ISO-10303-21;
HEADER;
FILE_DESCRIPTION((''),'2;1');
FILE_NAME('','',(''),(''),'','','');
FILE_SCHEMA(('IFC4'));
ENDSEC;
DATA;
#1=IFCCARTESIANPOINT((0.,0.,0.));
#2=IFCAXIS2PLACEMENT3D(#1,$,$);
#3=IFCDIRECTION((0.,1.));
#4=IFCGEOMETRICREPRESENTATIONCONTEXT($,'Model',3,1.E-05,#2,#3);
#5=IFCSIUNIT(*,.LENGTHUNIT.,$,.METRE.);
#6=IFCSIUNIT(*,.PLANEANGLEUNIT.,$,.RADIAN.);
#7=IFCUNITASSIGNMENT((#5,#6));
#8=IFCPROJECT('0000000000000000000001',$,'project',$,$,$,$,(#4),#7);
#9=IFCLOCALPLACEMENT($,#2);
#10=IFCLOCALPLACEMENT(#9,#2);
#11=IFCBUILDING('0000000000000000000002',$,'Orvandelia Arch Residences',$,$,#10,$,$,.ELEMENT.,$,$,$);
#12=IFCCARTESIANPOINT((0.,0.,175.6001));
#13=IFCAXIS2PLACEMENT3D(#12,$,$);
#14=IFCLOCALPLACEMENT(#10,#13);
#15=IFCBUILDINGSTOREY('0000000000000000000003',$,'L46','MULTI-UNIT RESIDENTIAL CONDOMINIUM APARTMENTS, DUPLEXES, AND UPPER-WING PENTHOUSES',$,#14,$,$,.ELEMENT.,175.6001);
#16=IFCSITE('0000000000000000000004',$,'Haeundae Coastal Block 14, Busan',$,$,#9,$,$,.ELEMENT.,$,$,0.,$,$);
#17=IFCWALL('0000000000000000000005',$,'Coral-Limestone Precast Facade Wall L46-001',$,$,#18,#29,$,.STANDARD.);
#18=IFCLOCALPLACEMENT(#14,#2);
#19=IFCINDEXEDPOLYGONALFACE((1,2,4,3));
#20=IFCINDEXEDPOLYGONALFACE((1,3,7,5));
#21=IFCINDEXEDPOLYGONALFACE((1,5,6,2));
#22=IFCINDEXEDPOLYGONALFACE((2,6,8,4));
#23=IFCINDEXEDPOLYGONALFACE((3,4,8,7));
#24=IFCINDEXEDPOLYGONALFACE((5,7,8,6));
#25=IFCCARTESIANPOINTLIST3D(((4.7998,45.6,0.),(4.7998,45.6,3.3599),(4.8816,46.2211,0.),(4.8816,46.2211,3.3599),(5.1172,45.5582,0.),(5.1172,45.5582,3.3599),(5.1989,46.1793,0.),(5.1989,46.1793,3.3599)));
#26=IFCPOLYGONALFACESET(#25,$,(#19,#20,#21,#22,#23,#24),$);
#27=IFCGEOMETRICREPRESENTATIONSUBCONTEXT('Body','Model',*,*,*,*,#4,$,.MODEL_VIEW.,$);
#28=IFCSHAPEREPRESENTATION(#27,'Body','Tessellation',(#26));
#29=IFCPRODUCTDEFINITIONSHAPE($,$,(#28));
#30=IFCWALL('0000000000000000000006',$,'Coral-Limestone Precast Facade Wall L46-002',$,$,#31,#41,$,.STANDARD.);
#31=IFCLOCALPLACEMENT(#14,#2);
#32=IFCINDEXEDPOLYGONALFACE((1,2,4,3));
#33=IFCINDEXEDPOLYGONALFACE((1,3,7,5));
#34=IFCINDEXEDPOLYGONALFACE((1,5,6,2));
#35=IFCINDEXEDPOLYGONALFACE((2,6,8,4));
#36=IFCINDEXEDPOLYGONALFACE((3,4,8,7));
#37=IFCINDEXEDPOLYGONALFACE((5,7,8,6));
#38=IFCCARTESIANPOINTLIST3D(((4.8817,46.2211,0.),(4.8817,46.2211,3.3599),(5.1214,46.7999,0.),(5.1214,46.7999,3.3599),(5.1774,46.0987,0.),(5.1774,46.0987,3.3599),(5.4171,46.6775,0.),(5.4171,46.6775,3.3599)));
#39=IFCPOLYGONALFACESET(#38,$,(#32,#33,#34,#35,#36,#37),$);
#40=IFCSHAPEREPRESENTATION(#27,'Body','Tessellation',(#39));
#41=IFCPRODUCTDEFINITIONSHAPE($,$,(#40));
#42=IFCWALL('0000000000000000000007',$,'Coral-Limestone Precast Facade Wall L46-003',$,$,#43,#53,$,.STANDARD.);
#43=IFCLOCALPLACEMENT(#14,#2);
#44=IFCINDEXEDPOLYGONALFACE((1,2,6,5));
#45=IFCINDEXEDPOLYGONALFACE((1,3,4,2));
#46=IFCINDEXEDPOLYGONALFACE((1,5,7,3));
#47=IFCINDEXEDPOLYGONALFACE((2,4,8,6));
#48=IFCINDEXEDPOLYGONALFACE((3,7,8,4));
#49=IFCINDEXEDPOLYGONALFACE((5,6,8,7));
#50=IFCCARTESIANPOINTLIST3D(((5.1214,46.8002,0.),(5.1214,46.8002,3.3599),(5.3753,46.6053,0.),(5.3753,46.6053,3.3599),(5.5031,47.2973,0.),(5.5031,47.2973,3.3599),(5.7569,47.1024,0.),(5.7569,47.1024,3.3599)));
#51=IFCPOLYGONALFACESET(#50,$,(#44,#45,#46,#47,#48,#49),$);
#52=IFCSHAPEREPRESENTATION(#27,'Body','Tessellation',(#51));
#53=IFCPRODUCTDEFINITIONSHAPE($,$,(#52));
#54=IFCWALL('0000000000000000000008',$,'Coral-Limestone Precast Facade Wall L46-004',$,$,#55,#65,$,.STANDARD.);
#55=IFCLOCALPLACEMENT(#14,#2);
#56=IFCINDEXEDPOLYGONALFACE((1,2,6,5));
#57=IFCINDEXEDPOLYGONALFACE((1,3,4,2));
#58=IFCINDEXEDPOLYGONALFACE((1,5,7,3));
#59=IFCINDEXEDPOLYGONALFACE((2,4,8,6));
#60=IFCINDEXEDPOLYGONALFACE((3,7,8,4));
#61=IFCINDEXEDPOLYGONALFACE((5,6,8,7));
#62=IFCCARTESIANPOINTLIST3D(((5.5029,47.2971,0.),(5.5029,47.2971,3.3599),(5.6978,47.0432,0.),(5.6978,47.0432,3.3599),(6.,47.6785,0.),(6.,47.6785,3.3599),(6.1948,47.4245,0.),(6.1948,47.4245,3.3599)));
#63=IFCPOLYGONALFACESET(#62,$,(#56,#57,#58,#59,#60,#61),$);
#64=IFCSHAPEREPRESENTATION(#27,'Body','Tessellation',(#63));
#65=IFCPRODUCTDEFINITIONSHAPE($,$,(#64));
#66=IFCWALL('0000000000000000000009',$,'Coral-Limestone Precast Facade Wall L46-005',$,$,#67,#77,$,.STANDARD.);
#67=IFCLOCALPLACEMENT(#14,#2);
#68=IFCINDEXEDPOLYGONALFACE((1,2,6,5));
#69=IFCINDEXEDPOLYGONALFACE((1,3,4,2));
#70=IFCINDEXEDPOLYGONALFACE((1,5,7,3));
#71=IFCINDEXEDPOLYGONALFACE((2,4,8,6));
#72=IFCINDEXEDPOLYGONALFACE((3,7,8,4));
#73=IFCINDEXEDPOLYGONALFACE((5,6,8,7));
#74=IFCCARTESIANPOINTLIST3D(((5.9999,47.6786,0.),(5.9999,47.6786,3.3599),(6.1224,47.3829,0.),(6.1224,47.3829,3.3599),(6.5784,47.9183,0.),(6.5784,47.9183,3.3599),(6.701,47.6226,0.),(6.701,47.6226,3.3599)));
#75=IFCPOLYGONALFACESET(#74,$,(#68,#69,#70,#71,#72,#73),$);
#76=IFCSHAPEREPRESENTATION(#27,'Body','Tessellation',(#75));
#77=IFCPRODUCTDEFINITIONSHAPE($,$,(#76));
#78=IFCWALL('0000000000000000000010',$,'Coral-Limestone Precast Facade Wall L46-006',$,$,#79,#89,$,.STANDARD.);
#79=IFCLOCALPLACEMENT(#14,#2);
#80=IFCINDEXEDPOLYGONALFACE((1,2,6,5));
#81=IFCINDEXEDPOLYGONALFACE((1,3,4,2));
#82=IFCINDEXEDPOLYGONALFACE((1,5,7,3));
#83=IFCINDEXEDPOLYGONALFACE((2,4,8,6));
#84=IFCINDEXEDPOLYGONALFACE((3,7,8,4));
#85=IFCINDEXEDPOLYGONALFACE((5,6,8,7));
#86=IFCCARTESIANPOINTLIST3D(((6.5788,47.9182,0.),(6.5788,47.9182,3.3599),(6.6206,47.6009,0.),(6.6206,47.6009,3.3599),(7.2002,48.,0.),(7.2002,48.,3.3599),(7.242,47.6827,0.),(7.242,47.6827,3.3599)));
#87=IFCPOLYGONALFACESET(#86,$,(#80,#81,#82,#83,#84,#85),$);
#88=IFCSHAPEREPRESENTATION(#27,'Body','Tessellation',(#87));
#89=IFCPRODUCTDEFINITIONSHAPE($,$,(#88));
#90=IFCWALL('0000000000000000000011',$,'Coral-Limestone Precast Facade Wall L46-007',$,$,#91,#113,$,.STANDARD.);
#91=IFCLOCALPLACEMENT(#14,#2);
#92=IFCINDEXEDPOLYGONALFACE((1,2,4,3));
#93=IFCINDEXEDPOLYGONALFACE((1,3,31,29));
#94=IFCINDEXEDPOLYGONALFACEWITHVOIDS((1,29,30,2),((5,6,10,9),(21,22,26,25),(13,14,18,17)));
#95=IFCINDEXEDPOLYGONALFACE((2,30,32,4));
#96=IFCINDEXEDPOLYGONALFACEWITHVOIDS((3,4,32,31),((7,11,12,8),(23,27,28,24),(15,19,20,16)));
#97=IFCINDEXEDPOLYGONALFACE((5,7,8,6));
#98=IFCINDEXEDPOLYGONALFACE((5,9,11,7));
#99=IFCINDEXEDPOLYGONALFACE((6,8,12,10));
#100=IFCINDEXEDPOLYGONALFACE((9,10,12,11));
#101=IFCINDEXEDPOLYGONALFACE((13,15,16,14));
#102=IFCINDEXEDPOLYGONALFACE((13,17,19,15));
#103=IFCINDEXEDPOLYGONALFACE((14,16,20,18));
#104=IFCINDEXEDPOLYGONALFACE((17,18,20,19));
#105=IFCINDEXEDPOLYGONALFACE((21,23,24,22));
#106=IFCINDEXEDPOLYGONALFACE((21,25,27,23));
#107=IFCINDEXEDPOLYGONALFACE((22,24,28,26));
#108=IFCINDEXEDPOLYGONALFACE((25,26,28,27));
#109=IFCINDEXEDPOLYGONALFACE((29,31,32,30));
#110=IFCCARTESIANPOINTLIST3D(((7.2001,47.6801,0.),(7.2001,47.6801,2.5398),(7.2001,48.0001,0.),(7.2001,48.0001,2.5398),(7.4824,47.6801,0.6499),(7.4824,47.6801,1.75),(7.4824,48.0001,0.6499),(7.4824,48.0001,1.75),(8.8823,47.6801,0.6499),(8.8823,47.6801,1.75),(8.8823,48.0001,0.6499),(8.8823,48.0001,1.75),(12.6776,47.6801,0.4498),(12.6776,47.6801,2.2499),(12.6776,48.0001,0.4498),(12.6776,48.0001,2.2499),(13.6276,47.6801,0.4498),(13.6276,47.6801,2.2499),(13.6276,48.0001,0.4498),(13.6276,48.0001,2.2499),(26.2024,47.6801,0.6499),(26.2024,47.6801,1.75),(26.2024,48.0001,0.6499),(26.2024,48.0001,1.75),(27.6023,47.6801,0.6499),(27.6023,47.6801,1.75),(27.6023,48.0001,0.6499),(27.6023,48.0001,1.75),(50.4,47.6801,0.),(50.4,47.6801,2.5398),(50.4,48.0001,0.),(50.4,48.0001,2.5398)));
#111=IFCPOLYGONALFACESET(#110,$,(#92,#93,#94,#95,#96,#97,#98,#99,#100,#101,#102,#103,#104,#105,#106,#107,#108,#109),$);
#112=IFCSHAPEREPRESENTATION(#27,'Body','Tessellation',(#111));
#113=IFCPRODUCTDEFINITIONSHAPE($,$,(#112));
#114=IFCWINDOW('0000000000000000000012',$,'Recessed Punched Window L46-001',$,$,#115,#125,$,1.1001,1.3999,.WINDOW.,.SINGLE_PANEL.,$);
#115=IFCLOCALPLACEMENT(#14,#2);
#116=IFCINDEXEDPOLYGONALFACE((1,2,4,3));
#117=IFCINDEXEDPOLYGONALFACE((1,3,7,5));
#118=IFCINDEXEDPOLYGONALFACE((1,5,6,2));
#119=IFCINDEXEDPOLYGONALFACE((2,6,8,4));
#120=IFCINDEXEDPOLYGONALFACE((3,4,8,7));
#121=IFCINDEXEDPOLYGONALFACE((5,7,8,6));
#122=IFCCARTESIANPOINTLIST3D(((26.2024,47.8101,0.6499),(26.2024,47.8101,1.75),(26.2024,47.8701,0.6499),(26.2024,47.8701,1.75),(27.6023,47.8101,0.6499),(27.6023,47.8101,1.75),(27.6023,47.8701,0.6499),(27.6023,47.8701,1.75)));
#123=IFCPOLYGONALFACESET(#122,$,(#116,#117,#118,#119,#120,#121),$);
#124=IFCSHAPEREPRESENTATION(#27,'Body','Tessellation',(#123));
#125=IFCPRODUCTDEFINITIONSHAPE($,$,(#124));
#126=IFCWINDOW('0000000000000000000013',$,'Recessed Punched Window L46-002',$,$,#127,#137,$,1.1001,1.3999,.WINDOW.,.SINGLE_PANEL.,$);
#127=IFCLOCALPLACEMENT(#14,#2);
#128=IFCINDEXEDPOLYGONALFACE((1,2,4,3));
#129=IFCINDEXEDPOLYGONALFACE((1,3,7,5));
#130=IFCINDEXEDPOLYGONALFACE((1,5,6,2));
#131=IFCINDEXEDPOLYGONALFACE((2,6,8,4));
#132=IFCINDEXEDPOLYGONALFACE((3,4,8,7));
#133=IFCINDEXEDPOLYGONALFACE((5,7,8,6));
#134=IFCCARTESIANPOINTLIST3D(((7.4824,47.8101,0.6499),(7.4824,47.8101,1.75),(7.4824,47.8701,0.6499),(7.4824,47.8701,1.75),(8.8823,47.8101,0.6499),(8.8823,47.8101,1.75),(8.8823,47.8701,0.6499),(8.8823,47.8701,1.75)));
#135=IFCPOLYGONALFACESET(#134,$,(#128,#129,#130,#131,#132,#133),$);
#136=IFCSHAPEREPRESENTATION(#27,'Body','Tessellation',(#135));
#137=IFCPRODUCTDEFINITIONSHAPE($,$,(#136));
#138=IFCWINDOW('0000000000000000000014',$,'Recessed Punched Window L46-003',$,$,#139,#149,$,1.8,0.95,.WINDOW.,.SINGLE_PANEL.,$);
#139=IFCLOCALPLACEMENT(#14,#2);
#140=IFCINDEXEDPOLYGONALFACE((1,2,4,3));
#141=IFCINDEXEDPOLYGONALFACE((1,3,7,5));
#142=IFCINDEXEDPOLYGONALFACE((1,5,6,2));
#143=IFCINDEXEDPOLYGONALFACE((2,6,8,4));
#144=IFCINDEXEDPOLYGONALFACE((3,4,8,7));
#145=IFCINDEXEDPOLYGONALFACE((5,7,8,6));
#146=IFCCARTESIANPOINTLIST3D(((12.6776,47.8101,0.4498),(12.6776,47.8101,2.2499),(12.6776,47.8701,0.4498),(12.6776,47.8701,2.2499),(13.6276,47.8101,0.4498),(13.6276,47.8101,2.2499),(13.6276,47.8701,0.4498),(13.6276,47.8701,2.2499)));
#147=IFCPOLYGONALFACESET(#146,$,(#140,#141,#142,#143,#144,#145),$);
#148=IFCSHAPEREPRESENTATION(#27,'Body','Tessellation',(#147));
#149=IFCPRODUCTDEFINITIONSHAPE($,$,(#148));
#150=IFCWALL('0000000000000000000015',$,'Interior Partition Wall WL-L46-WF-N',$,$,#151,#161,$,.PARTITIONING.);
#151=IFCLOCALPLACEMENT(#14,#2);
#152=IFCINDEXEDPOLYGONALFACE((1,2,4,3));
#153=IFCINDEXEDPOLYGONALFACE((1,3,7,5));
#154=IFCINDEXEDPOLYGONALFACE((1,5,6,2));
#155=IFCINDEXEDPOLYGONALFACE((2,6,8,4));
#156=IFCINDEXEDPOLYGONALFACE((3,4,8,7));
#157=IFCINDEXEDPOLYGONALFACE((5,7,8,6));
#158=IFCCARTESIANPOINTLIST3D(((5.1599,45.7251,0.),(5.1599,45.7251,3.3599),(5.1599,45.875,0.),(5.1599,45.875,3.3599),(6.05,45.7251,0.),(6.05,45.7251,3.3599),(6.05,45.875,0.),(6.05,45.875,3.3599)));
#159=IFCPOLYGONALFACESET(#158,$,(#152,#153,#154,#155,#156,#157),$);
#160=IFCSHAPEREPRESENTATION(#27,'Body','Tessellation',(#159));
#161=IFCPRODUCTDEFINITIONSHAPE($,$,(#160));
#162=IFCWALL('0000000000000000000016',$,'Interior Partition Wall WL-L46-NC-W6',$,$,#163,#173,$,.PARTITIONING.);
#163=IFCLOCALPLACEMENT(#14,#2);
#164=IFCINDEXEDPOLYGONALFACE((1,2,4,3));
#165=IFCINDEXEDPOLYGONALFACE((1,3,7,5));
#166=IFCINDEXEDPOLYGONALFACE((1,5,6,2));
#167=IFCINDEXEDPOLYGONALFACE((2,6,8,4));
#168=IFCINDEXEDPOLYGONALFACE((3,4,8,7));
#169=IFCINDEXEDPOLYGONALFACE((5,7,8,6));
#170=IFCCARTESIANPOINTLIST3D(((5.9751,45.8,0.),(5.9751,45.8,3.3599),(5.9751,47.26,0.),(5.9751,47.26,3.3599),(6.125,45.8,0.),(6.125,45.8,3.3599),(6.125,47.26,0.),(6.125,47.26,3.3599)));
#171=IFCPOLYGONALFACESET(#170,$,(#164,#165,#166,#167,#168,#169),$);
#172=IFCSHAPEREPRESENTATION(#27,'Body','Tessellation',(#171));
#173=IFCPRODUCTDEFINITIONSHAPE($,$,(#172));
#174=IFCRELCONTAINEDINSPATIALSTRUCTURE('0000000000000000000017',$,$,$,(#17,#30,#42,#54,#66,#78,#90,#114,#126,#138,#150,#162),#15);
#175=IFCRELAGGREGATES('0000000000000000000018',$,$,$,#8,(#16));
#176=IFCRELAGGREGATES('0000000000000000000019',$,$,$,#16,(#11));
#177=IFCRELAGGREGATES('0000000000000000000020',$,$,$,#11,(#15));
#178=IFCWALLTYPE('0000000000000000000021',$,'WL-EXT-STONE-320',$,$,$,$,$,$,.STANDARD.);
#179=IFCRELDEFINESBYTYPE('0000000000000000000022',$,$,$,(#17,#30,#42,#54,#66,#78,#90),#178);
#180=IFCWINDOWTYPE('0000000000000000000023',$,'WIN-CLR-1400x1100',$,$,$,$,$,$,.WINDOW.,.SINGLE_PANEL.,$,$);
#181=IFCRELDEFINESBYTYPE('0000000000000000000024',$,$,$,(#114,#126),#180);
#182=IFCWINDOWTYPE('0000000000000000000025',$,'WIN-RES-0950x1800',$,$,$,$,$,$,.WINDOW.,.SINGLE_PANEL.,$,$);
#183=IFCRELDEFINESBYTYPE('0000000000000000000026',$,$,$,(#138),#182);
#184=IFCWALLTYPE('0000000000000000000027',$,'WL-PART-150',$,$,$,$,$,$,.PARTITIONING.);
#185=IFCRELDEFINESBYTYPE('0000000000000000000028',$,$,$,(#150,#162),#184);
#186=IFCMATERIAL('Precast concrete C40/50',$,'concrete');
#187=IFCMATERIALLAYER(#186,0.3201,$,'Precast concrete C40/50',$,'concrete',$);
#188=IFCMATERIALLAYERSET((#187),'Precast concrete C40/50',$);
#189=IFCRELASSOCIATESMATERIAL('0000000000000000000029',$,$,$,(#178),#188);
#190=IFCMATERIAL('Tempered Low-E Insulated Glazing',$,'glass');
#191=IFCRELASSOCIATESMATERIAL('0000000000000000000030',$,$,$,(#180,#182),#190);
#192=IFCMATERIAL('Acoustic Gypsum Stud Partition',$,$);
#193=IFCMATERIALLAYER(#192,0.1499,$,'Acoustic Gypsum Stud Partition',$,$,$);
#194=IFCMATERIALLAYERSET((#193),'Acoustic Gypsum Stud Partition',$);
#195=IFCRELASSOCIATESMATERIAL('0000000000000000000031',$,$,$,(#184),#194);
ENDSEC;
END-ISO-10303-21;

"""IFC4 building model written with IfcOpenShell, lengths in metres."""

from ifc_helpers import new_model, si_unit, direction, frame, frame_2d, origin, place, context, subcontext, project, spatial, rectangle, extrude, material, layer, layer_set, type_object, element, fill, save


model = new_model("IFC4")

# Units and contexts
model_context = context("Model", 3, precision=1e-05, world=origin(), true_north=direction((0.0, 1.0)))
body_context = subcontext(model_context, "Body", "Model", "MODEL_VIEW")
ifc_project = project(units=[si_unit("LENGTHUNIT", "METRE"), si_unit("PLANEANGLEUNIT", "RADIAN")], contexts=[model_context])

# Site, building, storey
site_placement = place(None, origin())
site = spatial("IfcSite", under=ifc_project, at=site_placement, Name="Haeundae Coastal Block 14, Busan", CompositionType="ELEMENT", RefElevation=0.0)
building_placement = place(site_placement, origin())
building = spatial("IfcBuilding", under=site, at=building_placement, Name="Orvandelia Arch Residences", CompositionType="ELEMENT")
storey_placement = place(building_placement, frame((0.0, 0.0, 175.6001)))
storey = spatial("IfcBuildingStorey", under=building, at=storey_placement, Name="L46", Description="MULTI-UNIT RESIDENTIAL CONDOMINIUM APARTMENTS, DUPLEXES, AND UPPER-WING PENTHOUSES", CompositionType="ELEMENT", Elevation=175.6001)

# Walls
ifc_material_1 = material(Name="Precast concrete C40/50", Category="concrete")
ifc_layer_1 = layer(ifc_material_1, 0.3201, Name="Precast concrete C40/50", Category="concrete")
ifc_layer_set_1 = layer_set([ifc_layer_1], Name="Precast concrete C40/50")
wall_type_1 = type_object("IfcWallType", Name="WL-EXT-STONE-320", PredefinedType="STANDARD", material=ifc_layer_set_1)
for number, where, z_axis, x_axis, name in (
    (1, (4.9585, 45.5791, 0.0), (0.0, 0.0, 1.0), (0.130555, 0.991441, 0.0), "Coral-Limestone Precast Facade Wall L46-001"),
    (2, (5.0295, 46.1599, 0.0), (0.0, 0.0, 1.0), (0.38265, 0.923893, 0.0), "Coral-Limestone Precast Facade Wall L46-002"),
):
    element("IfcWall", number, at=place(storey_placement, frame(where, z_axis=z_axis, x_axis=x_axis)), inside=storey, type_object=wall_type_1, Name=name, PredefinedType="STANDARD", context=body_context, shape_type="SweptSolid", body=[
        extrude(rectangle(XDim=0.6265, YDim=0.3201, at=frame_2d((0.3132, 0.0))), origin(), (0.0, 0.0, 1.0), 3.3599),
    ])
wall_1_placement = place(storey_placement, frame((5.2483, 46.7026, 0.0), z_axis=(0.0, 0.0, 1.0), x_axis=(0.608939, 0.793217, 0.0)))
element("IfcWall", 3, at=wall_1_placement, inside=storey, type_object=wall_type_1, Name="Coral-Limestone Precast Facade Wall L46-003", PredefinedType="STANDARD", context=body_context, shape_type="SweptSolid", body=[
    extrude(rectangle(XDim=0.6267, YDim=0.3201, at=frame_2d((0.3135, 0.0))), origin(), (0.0, 0.0, 1.0), 3.3599),
])
wall_2_placement = place(storey_placement, frame((5.6003, 47.1702, 0.0), z_axis=(0.0, 0.0, 1.0), x_axis=(0.793406, 0.608693, 0.0)))
element("IfcWall", 4, at=wall_2_placement, inside=storey, type_object=wall_type_1, Name="Coral-Limestone Precast Facade Wall L46-004", PredefinedType="STANDARD", context=body_context, shape_type="SweptSolid", body=[
    extrude(rectangle(XDim=0.6265, YDim=0.3201, at=frame_2d((0.3132, 0.0))), origin(), (0.0, 0.0, 1.0), 3.3599),
])
wall_3_placement = place(storey_placement, frame((6.0613, 47.5308, 0.0), z_axis=(0.0, 0.0, 1.0), x_axis=(0.923836, 0.382788, 0.0)))
element("IfcWall", 5, at=wall_3_placement, inside=storey, type_object=wall_type_1, Name="Coral-Limestone Precast Facade Wall L46-005", PredefinedType="STANDARD", context=body_context, shape_type="SweptSolid", body=[
    extrude(rectangle(XDim=0.6262, YDim=0.3201, at=frame_2d((0.313, 0.0))), origin(), (0.0, 0.0, 1.0), 3.3599),
])
wall_4_placement = place(storey_placement, frame((6.5996, 47.7595, 0.0), z_axis=(0.0, 0.0, 1.0), x_axis=(0.991448, 0.130505, 0.0)))
element("IfcWall", 6, at=wall_4_placement, inside=storey, type_object=wall_type_1, Name="Coral-Limestone Precast Facade Wall L46-006", PredefinedType="STANDARD", context=body_context, shape_type="SweptSolid", body=[
    extrude(rectangle(XDim=0.6267, YDim=0.3201, at=frame_2d((0.3135, 0.0))), origin(), (0.0, 0.0, 1.0), 3.3599),
])

# Wall, openings, windows
wall_5_placement = place(storey_placement, frame((7.2, 47.8401, 0.0), z_axis=(0.0, 0.0, 1.0), x_axis=(1.0, 0.0, 0.0)))
wall_5 = element("IfcWall", 7, at=wall_5_placement, inside=storey, type_object=wall_type_1, Name="Coral-Limestone Precast Facade Wall L46-007", PredefinedType="STANDARD", context=body_context, shape_type="SweptSolid", body=[
    extrude(rectangle(XDim=43.2, YDim=0.3201, at=frame_2d((21.6001, 0.0))), origin(), (0.0, 0.0, 1.0), 2.5398),
])
opening_1_placement = place(wall_5_placement, frame((19.0024, 0.0, 0.6499)))
opening_1 = element("IfcOpeningElement", 8, at=opening_1_placement, cuts=wall_5, PredefinedType="OPENING", context=body_context, shape_type="SweptSolid", body=[
    extrude(rectangle(XDim=1.3999, YDim=1.1001, at=frame_2d((0.7, 0.55))), frame((0.0, 0.1699, 0.0), z_axis=(0.0, -1.0, 0.0), x_axis=(1.0, 0.0, 0.0)), (0.0, 0.0, 1.0), 0.3401),
])
opening_2_placement = place(wall_5_placement, frame((0.2825, 0.0, 0.6499)))
opening_2 = element("IfcOpeningElement", 9, at=opening_2_placement, cuts=wall_5, PredefinedType="OPENING", context=body_context, shape_type="SweptSolid", body=[
    extrude(rectangle(XDim=1.3999, YDim=1.1001, at=frame_2d((0.7, 0.55))), frame((0.0, 0.1699, 0.0), z_axis=(0.0, -1.0, 0.0), x_axis=(1.0, 0.0, 0.0)), (0.0, 0.0, 1.0), 0.3401),
])
opening_3_placement = place(wall_5_placement, frame((5.4775, 0.0, 0.45)))
opening_3 = element("IfcOpeningElement", 10, at=opening_3_placement, cuts=wall_5, PredefinedType="OPENING", context=body_context, shape_type="SweptSolid", body=[
    extrude(rectangle(XDim=0.95, YDim=1.8, at=frame_2d((0.4751, 0.8999))), frame((0.0, 0.1699, 0.0), z_axis=(0.0, -1.0, 0.0), x_axis=(1.0, 0.0, 0.0)), (0.0, 0.0, 1.0), 0.3401),
])
ifc_material_2 = material(Name="Tempered Low-E Insulated Glazing", Category="glass")
window_type_1 = type_object("IfcWindowType", Name="WIN-CLR-1400x1100", PartitioningType="SINGLE_PANEL", PredefinedType="WINDOW", material=ifc_material_2)
window_1_placement = place(opening_1_placement, origin())
window_1 = element("IfcWindow", 11, at=window_1_placement, inside=storey, type_object=window_type_1, Name="Recessed Punched Window L46-001", OverallHeight=1.1001, OverallWidth=1.3999, PartitioningType="SINGLE_PANEL", PredefinedType="WINDOW", context=body_context, shape_type="SweptSolid", body=[
    extrude(rectangle(XDim=1.3999, YDim=1.1001, at=frame_2d((0.7, 0.55))), frame((0.0, 0.03, 0.0), z_axis=(0.0, -1.0, 0.0), x_axis=(1.0, 0.0, 0.0)), (0.0, 0.0, 1.0), 0.0601),
])
fill(opening_1, window_1)
window_2_placement = place(opening_2_placement, origin())
window_2 = element("IfcWindow", 12, at=window_2_placement, inside=storey, type_object=window_type_1, Name="Recessed Punched Window L46-002", OverallHeight=1.1001, OverallWidth=1.3999, PartitioningType="SINGLE_PANEL", PredefinedType="WINDOW", context=body_context, shape_type="SweptSolid", body=[
    extrude(rectangle(XDim=1.3999, YDim=1.1001, at=frame_2d((0.7, 0.55))), frame((0.0, 0.03, 0.0), z_axis=(0.0, -1.0, 0.0), x_axis=(1.0, 0.0, 0.0)), (0.0, 0.0, 1.0), 0.0601),
])
fill(opening_2, window_2)
window_type_2 = type_object("IfcWindowType", Name="WIN-RES-0950x1800", PartitioningType="SINGLE_PANEL", PredefinedType="WINDOW", material=ifc_material_2)
window_3_placement = place(opening_3_placement, origin())
window_3 = element("IfcWindow", 13, at=window_3_placement, inside=storey, type_object=window_type_2, Name="Recessed Punched Window L46-003", OverallHeight=1.8, OverallWidth=0.95, PartitioningType="SINGLE_PANEL", PredefinedType="WINDOW", context=body_context, shape_type="SweptSolid", body=[
    extrude(rectangle(XDim=0.95, YDim=1.8, at=frame_2d((0.4751, 0.8999))), frame((0.0, 0.03, 0.0), z_axis=(0.0, -1.0, 0.0), x_axis=(1.0, 0.0, 0.0)), (0.0, 0.0, 1.0), 0.0601),
])
fill(opening_3, window_3)

# Walls
ifc_material_3 = material(Name="Acoustic Gypsum Stud Partition")
ifc_layer_2 = layer(ifc_material_3, 0.1499, Name="Acoustic Gypsum Stud Partition")
ifc_layer_set_2 = layer_set([ifc_layer_2], Name="Acoustic Gypsum Stud Partition")
wall_type_2 = type_object("IfcWallType", Name="WL-PART-150", PredefinedType="PARTITIONING", material=ifc_layer_set_2)
wall_6_placement = place(storey_placement, frame((5.1599, 45.8, 0.0), z_axis=(0.0, 0.0, 1.0), x_axis=(1.0, 0.0, 0.0)))
element("IfcWall", 14, at=wall_6_placement, inside=storey, type_object=wall_type_2, Name="Interior Partition Wall WL-L46-WF-N", PredefinedType="PARTITIONING", context=body_context, shape_type="SweptSolid", body=[
    extrude(rectangle(XDim=0.8901, YDim=0.1499, at=frame_2d((0.4451, 0.0))), origin(), (0.0, 0.0, 1.0), 3.3599),
])
wall_7_placement = place(storey_placement, frame((6.05, 45.8, 0.0), z_axis=(0.0, 0.0, 1.0), x_axis=(0.0, 1.0, 0.0)))
element("IfcWall", 15, at=wall_7_placement, inside=storey, type_object=wall_type_2, Name="Interior Partition Wall WL-L46-NC-W6", PredefinedType="PARTITIONING", context=body_context, shape_type="SweptSolid", body=[
    extrude(rectangle(XDim=1.46, YDim=0.1499, at=frame_2d((0.73, 0.0))), origin(), (0.0, 0.0, 1.0), 3.3599),
])

save(model, "model.ifc")
